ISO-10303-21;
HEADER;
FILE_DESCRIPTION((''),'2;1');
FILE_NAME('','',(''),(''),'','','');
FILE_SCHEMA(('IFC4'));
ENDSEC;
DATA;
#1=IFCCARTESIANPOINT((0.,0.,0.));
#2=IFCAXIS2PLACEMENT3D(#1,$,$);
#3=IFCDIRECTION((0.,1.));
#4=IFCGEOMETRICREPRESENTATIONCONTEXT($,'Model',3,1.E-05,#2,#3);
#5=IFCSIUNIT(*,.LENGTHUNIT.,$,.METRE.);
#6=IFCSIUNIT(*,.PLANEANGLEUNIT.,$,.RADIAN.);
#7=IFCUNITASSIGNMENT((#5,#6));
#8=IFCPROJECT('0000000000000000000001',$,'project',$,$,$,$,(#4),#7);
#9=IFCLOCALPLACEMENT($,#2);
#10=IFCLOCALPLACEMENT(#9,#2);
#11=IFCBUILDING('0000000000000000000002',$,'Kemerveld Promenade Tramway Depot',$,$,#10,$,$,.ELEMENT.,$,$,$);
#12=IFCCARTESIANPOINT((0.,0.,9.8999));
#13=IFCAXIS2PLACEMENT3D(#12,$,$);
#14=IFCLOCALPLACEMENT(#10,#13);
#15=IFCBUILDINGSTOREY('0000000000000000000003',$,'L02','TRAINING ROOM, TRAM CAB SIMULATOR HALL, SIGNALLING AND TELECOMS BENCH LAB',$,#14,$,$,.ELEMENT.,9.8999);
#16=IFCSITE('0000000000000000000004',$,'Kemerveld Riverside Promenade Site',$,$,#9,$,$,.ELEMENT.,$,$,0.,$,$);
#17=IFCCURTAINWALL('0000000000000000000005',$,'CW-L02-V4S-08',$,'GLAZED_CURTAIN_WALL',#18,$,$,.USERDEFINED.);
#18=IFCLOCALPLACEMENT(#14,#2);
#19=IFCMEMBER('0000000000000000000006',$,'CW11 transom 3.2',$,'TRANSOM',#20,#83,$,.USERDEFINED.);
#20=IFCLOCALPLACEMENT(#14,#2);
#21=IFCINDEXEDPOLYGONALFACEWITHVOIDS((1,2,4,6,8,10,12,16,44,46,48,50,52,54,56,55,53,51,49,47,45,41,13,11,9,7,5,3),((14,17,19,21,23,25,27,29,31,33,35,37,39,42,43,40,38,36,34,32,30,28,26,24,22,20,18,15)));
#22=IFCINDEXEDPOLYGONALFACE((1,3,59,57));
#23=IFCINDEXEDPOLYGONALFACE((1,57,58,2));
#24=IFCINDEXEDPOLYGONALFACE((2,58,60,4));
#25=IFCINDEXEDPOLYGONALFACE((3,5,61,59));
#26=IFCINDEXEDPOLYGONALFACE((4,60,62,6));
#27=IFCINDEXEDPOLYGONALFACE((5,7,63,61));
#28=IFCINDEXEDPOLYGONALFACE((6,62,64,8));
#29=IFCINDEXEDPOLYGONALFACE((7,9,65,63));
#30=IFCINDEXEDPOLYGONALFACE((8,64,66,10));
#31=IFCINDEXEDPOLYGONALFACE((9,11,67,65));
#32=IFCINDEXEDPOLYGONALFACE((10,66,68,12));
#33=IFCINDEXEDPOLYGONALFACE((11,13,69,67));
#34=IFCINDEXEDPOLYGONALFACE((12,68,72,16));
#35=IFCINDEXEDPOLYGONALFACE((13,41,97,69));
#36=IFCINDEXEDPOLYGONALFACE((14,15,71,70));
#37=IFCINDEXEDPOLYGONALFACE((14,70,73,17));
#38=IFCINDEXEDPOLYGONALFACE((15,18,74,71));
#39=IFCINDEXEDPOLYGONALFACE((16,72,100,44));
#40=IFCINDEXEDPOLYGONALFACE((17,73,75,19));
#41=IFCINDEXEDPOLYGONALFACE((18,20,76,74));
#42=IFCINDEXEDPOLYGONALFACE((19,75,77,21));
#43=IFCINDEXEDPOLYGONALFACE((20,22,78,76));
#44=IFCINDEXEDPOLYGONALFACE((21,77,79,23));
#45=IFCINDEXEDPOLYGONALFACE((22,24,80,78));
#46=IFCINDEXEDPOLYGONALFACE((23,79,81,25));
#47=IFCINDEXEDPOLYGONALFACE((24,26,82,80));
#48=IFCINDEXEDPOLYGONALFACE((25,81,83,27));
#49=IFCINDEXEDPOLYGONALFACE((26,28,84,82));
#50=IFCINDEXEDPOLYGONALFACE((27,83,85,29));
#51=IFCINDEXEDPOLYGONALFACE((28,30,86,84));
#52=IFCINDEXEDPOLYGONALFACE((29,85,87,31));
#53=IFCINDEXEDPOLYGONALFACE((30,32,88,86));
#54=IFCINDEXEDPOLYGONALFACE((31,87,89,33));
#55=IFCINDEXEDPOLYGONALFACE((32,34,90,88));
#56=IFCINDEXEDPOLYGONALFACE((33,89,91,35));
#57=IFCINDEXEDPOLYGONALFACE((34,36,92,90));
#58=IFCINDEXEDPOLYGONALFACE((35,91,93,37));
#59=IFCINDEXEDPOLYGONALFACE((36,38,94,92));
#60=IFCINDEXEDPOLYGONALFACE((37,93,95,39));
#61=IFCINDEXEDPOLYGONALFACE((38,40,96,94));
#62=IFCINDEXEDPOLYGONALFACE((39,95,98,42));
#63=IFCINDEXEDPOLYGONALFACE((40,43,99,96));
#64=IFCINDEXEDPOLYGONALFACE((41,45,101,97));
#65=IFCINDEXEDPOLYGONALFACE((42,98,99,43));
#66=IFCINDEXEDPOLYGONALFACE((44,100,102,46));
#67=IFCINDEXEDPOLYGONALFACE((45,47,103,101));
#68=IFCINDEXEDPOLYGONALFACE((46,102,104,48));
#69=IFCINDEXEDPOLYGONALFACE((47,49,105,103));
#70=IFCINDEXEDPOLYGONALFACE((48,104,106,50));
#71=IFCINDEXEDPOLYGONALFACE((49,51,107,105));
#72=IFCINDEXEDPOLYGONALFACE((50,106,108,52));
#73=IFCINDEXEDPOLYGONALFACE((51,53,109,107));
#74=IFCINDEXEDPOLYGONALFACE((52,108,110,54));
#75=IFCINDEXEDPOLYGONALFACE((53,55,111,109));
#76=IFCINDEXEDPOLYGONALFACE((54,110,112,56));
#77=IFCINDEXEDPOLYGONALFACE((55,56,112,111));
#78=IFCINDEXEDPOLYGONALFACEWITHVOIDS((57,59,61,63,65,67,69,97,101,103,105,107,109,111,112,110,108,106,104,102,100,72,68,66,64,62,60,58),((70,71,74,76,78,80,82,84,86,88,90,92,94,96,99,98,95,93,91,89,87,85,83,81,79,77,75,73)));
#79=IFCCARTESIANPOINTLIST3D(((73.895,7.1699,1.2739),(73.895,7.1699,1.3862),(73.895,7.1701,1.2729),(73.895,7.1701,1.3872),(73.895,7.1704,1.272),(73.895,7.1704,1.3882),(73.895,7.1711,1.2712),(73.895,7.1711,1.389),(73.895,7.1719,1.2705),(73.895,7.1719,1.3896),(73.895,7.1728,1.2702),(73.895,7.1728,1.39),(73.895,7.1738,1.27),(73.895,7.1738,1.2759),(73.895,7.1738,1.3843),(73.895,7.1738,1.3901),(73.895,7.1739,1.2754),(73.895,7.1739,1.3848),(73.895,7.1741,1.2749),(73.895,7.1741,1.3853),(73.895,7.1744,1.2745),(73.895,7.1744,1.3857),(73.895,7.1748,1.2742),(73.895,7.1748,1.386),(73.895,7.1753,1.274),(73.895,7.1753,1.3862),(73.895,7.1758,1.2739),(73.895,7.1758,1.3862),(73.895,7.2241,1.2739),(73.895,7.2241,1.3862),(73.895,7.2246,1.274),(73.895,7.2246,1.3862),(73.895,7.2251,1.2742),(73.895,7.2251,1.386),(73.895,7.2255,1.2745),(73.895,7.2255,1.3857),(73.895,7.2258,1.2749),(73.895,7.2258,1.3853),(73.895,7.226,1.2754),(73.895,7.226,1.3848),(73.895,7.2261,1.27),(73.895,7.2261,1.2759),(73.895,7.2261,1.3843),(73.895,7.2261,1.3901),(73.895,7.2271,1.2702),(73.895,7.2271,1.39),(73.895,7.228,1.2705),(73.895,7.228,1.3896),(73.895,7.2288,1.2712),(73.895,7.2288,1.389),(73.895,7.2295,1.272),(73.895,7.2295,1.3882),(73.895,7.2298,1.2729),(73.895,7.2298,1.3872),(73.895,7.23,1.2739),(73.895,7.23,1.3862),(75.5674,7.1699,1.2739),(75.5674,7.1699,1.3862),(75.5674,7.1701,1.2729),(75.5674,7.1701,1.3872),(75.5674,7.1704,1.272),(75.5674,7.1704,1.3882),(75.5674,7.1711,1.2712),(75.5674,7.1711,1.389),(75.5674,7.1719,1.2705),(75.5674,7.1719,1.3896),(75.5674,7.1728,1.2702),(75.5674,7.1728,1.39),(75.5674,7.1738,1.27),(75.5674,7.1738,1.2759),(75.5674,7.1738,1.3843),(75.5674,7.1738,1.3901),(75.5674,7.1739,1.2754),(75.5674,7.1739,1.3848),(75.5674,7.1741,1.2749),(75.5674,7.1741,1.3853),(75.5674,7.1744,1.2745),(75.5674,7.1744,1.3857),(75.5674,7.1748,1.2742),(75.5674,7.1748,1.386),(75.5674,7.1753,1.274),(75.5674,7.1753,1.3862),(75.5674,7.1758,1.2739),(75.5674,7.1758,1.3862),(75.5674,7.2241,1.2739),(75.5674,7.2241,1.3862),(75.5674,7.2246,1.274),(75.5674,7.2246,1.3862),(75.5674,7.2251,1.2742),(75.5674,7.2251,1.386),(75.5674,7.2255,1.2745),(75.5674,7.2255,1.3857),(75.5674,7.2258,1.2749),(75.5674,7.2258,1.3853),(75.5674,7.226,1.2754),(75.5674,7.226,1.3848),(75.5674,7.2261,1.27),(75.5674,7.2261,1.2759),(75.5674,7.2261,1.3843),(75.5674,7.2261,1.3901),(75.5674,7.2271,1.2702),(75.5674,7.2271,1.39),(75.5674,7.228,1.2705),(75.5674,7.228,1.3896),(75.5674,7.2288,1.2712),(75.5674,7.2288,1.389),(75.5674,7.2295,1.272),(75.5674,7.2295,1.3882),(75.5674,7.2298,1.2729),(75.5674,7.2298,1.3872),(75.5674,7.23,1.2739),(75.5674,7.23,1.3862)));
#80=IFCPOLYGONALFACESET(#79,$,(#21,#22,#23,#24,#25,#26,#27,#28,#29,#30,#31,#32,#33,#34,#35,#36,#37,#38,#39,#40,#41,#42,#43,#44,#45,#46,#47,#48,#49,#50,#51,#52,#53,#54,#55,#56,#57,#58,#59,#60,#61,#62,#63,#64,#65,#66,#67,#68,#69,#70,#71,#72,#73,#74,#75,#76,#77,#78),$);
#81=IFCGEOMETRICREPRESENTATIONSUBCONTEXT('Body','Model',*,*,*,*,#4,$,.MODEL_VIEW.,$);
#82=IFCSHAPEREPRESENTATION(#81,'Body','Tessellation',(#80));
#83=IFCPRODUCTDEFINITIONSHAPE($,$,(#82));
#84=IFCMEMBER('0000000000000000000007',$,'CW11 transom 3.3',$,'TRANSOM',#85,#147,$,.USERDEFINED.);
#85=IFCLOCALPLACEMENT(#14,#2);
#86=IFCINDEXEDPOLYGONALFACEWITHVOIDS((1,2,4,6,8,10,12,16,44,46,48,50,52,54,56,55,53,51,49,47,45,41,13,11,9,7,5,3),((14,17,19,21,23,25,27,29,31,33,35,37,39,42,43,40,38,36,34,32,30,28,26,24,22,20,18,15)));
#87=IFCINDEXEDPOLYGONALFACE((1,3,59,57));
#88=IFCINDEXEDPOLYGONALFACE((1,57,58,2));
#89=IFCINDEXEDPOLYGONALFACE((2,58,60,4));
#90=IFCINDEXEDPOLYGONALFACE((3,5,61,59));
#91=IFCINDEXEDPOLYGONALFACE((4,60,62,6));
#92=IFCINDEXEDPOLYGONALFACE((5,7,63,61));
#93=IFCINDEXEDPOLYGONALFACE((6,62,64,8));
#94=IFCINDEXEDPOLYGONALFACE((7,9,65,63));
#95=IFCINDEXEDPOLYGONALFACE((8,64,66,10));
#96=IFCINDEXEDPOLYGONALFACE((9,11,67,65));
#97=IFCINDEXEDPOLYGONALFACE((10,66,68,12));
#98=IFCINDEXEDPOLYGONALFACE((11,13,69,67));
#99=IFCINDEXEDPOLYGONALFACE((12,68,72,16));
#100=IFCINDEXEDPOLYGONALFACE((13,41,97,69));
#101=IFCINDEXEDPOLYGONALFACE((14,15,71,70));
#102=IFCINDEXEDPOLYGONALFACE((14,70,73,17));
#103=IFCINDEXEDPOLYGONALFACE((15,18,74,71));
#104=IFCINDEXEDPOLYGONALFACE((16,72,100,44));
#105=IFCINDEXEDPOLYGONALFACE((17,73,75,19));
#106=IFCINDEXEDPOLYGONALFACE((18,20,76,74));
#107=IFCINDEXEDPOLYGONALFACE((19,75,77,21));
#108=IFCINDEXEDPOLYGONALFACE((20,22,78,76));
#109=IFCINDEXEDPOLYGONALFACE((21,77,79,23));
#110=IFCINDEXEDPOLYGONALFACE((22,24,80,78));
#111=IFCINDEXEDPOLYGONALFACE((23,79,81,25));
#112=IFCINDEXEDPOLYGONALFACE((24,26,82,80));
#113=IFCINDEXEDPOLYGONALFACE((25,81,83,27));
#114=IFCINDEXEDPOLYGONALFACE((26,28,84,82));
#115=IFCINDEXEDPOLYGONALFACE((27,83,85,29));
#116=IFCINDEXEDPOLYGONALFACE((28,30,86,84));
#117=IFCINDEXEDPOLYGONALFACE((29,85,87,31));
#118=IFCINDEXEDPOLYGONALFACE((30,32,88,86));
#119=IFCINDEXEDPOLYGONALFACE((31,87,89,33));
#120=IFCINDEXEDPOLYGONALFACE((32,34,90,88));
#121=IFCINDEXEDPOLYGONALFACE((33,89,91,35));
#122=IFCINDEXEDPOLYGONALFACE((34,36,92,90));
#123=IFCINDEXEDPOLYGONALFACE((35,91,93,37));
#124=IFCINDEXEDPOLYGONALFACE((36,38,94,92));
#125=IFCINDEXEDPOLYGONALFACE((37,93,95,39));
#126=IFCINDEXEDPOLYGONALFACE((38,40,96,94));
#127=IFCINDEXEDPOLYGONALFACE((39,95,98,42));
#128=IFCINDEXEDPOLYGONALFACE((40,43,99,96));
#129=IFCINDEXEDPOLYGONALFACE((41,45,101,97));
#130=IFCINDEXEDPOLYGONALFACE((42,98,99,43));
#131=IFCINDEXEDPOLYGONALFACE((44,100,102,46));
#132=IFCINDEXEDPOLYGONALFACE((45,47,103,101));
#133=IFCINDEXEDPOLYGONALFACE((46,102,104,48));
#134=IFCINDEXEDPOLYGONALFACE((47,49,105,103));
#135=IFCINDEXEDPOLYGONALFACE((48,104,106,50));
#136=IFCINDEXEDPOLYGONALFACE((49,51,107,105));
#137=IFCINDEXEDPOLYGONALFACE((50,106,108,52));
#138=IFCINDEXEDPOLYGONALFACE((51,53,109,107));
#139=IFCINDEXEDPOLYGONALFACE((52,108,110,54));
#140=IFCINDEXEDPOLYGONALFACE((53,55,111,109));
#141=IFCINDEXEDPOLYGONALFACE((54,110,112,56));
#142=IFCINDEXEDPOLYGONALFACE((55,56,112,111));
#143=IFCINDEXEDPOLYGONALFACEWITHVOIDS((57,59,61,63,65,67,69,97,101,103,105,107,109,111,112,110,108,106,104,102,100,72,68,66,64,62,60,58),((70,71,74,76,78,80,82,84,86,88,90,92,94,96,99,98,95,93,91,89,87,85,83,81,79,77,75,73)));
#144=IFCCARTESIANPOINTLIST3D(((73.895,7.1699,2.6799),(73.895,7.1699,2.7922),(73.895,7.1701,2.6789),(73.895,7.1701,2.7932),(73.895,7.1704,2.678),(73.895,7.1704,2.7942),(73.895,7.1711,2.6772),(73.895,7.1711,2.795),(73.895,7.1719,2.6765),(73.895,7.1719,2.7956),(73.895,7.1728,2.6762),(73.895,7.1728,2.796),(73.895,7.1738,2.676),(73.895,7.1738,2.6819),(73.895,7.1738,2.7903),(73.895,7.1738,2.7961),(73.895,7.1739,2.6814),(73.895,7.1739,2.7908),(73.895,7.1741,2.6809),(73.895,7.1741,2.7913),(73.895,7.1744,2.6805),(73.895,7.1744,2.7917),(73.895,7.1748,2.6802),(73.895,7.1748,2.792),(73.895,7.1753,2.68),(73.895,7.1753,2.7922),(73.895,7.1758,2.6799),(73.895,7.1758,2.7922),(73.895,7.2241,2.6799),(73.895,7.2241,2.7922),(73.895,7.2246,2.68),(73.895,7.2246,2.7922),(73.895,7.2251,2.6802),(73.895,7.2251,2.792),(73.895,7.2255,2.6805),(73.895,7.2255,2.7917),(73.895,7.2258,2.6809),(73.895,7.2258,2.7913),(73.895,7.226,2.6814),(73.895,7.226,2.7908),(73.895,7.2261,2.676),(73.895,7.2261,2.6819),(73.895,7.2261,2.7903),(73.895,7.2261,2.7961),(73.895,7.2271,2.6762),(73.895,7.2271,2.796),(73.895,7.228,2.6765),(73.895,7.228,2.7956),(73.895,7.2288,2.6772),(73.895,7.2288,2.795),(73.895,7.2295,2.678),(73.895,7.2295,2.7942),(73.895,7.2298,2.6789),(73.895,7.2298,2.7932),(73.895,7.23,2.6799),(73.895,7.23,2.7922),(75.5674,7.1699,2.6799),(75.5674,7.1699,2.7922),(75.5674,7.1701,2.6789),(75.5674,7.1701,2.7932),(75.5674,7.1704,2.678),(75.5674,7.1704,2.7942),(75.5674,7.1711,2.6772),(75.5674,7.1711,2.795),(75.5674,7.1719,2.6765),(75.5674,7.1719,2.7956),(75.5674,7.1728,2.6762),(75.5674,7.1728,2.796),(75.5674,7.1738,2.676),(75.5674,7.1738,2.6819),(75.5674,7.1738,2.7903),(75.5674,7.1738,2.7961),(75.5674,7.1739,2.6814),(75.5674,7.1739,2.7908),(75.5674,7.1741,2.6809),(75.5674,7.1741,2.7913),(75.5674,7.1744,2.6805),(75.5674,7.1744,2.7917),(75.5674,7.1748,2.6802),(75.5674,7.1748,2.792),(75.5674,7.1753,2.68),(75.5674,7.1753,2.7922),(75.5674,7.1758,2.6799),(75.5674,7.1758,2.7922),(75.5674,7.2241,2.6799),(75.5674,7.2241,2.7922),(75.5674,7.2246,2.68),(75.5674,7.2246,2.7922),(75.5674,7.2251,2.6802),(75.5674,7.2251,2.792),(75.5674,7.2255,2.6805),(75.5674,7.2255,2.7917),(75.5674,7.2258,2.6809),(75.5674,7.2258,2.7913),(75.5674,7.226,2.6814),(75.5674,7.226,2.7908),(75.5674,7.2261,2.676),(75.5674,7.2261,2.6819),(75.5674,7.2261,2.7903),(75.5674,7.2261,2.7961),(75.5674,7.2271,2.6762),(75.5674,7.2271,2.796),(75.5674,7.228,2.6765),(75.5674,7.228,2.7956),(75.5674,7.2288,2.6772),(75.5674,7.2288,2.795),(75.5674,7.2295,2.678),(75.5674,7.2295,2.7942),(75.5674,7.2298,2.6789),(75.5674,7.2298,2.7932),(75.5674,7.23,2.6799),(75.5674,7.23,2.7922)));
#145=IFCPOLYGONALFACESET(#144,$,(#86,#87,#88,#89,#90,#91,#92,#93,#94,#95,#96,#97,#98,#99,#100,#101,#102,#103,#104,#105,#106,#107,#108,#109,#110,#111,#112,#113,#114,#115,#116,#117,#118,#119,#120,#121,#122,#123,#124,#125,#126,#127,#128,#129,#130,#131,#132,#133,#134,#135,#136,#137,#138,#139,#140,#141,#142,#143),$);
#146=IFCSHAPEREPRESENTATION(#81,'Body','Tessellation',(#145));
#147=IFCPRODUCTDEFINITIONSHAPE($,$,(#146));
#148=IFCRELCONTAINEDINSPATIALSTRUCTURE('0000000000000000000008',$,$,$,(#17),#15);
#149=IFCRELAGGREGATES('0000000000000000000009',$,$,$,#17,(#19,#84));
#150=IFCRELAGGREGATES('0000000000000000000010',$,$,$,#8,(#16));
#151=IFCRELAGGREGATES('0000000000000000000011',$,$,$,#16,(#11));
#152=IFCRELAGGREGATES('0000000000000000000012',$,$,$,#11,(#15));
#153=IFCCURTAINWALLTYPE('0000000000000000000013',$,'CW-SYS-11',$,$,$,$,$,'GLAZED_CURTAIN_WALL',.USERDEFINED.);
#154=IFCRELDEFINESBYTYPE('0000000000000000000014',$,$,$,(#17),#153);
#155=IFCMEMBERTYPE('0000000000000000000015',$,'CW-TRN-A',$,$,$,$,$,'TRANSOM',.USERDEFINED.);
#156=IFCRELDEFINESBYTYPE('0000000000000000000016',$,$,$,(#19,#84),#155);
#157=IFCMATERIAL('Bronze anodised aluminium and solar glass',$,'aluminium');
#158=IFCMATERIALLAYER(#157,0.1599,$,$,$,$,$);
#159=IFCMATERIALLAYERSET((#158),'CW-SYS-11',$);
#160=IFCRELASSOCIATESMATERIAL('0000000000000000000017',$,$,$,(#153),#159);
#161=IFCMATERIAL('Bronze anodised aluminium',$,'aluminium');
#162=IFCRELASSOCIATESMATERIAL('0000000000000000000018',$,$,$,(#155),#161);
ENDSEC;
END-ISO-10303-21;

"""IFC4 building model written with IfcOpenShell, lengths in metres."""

from ifc_helpers import new_model, si_unit, direction, frame, origin, origin_2d, place, context, subcontext, project, spatial, hollow_rectangle, extrude, material, layer, layer_set, material_profile, profile_set, type_object, element, aggregate, save


model = new_model("IFC4")

# Units and contexts
model_context = context("Model", 3, precision=1e-05, world=origin(), true_north=direction((0.0, 1.0)))
body_context = subcontext(model_context, "Body", "Model", "MODEL_VIEW")
ifc_project = project(units=[si_unit("LENGTHUNIT", "METRE"), si_unit("PLANEANGLEUNIT", "RADIAN")], contexts=[model_context])

# Site, building, storey
site_placement = place(None, origin())
site = spatial("IfcSite", under=ifc_project, at=site_placement, Name="Kemerveld Riverside Promenade Site", CompositionType="ELEMENT", RefElevation=0.0)
building_placement = place(site_placement, origin())
building = spatial("IfcBuilding", under=site, at=building_placement, Name="Kemerveld Promenade Tramway Depot", CompositionType="ELEMENT")
storey_placement = place(building_placement, frame((0.0, 0.0, 9.8999)))
storey = spatial("IfcBuildingStorey", under=building, at=storey_placement, Name="L02", Description="TRAINING ROOM, TRAM CAB SIMULATOR HALL, SIGNALLING AND TELECOMS BENCH LAB", CompositionType="ELEMENT", Elevation=9.8999)

# Curtain wall, members
ifc_material_1 = material(Name="Bronze anodised aluminium and solar glass", Category="aluminium")
ifc_layer_1 = layer(ifc_material_1, 0.1599)
ifc_layer_set_1 = layer_set([ifc_layer_1], Name="CW-SYS-11")
curtain_wall_type = type_object("IfcCurtainWallType", Name="CW-SYS-11", ElementType="GLAZED_CURTAIN_WALL", PredefinedType="USERDEFINED", material=ifc_layer_set_1)
curtain_wall_placement = place(storey_placement, origin())
curtain_wall = element("IfcCurtainWall", 1, at=curtain_wall_placement, inside=storey, type_object=curtain_wall_type, Name="CW-L02-V4S-08", ObjectType="GLAZED_CURTAIN_WALL", PredefinedType="USERDEFINED")
ifc_material_2 = material(Name="Bronze anodised aluminium", Category="aluminium")
ifc_material_profile_1 = material_profile(ifc_material_2, hollow_rectangle(XDim=0.0601, YDim=0.1201, WallThickness=0.0039, InnerFilletRadius=0.002, OuterFilletRadius=0.0039, at=origin_2d()), Name="CW-TRN-120x60")
ifc_profile_set_1 = profile_set([ifc_material_profile_1], Name="Bronze anodised aluminium")
member_type_1 = type_object("IfcMemberType", Name="CW-TRN-A", ElementType="TRANSOM", PredefinedType="USERDEFINED", material=ifc_profile_set_1)
member_1_placement = place(storey_placement, frame((75.5674, 7.2, 1.3301), z_axis=(-1.0, 0.0, 0.0), x_axis=(0.0, -1.0, 0.0)))
member_1 = element("IfcMember", 2, at=member_1_placement, type_object=member_type_1, Name="CW11 transom 3.2", ObjectType="TRANSOM", PredefinedType="USERDEFINED", context=body_context, shape_type="SweptSolid", body=[
    extrude(hollow_rectangle(XDim=0.0601, YDim=0.1201, WallThickness=0.0039, InnerFilletRadius=0.002, OuterFilletRadius=0.0039, at=origin_2d()), origin(), (0.0, 0.0, 1.0), 1.6724),
])
member_2_placement = place(storey_placement, frame((75.5674, 7.2, 2.7361), z_axis=(-1.0, 0.0, 0.0), x_axis=(0.0, -1.0, 0.0)))
member_2 = element("IfcMember", 3, at=member_2_placement, type_object=member_type_1, Name="CW11 transom 3.3", ObjectType="TRANSOM", PredefinedType="USERDEFINED", context=body_context, shape_type="SweptSolid", body=[
    extrude(hollow_rectangle(XDim=0.0601, YDim=0.1201, WallThickness=0.0039, InnerFilletRadius=0.002, OuterFilletRadius=0.0039, at=origin_2d()), origin(), (0.0, 0.0, 1.0), 1.6724),
])
aggregate(curtain_wall, [member_1, member_2])

save(model, "model.ifc")
